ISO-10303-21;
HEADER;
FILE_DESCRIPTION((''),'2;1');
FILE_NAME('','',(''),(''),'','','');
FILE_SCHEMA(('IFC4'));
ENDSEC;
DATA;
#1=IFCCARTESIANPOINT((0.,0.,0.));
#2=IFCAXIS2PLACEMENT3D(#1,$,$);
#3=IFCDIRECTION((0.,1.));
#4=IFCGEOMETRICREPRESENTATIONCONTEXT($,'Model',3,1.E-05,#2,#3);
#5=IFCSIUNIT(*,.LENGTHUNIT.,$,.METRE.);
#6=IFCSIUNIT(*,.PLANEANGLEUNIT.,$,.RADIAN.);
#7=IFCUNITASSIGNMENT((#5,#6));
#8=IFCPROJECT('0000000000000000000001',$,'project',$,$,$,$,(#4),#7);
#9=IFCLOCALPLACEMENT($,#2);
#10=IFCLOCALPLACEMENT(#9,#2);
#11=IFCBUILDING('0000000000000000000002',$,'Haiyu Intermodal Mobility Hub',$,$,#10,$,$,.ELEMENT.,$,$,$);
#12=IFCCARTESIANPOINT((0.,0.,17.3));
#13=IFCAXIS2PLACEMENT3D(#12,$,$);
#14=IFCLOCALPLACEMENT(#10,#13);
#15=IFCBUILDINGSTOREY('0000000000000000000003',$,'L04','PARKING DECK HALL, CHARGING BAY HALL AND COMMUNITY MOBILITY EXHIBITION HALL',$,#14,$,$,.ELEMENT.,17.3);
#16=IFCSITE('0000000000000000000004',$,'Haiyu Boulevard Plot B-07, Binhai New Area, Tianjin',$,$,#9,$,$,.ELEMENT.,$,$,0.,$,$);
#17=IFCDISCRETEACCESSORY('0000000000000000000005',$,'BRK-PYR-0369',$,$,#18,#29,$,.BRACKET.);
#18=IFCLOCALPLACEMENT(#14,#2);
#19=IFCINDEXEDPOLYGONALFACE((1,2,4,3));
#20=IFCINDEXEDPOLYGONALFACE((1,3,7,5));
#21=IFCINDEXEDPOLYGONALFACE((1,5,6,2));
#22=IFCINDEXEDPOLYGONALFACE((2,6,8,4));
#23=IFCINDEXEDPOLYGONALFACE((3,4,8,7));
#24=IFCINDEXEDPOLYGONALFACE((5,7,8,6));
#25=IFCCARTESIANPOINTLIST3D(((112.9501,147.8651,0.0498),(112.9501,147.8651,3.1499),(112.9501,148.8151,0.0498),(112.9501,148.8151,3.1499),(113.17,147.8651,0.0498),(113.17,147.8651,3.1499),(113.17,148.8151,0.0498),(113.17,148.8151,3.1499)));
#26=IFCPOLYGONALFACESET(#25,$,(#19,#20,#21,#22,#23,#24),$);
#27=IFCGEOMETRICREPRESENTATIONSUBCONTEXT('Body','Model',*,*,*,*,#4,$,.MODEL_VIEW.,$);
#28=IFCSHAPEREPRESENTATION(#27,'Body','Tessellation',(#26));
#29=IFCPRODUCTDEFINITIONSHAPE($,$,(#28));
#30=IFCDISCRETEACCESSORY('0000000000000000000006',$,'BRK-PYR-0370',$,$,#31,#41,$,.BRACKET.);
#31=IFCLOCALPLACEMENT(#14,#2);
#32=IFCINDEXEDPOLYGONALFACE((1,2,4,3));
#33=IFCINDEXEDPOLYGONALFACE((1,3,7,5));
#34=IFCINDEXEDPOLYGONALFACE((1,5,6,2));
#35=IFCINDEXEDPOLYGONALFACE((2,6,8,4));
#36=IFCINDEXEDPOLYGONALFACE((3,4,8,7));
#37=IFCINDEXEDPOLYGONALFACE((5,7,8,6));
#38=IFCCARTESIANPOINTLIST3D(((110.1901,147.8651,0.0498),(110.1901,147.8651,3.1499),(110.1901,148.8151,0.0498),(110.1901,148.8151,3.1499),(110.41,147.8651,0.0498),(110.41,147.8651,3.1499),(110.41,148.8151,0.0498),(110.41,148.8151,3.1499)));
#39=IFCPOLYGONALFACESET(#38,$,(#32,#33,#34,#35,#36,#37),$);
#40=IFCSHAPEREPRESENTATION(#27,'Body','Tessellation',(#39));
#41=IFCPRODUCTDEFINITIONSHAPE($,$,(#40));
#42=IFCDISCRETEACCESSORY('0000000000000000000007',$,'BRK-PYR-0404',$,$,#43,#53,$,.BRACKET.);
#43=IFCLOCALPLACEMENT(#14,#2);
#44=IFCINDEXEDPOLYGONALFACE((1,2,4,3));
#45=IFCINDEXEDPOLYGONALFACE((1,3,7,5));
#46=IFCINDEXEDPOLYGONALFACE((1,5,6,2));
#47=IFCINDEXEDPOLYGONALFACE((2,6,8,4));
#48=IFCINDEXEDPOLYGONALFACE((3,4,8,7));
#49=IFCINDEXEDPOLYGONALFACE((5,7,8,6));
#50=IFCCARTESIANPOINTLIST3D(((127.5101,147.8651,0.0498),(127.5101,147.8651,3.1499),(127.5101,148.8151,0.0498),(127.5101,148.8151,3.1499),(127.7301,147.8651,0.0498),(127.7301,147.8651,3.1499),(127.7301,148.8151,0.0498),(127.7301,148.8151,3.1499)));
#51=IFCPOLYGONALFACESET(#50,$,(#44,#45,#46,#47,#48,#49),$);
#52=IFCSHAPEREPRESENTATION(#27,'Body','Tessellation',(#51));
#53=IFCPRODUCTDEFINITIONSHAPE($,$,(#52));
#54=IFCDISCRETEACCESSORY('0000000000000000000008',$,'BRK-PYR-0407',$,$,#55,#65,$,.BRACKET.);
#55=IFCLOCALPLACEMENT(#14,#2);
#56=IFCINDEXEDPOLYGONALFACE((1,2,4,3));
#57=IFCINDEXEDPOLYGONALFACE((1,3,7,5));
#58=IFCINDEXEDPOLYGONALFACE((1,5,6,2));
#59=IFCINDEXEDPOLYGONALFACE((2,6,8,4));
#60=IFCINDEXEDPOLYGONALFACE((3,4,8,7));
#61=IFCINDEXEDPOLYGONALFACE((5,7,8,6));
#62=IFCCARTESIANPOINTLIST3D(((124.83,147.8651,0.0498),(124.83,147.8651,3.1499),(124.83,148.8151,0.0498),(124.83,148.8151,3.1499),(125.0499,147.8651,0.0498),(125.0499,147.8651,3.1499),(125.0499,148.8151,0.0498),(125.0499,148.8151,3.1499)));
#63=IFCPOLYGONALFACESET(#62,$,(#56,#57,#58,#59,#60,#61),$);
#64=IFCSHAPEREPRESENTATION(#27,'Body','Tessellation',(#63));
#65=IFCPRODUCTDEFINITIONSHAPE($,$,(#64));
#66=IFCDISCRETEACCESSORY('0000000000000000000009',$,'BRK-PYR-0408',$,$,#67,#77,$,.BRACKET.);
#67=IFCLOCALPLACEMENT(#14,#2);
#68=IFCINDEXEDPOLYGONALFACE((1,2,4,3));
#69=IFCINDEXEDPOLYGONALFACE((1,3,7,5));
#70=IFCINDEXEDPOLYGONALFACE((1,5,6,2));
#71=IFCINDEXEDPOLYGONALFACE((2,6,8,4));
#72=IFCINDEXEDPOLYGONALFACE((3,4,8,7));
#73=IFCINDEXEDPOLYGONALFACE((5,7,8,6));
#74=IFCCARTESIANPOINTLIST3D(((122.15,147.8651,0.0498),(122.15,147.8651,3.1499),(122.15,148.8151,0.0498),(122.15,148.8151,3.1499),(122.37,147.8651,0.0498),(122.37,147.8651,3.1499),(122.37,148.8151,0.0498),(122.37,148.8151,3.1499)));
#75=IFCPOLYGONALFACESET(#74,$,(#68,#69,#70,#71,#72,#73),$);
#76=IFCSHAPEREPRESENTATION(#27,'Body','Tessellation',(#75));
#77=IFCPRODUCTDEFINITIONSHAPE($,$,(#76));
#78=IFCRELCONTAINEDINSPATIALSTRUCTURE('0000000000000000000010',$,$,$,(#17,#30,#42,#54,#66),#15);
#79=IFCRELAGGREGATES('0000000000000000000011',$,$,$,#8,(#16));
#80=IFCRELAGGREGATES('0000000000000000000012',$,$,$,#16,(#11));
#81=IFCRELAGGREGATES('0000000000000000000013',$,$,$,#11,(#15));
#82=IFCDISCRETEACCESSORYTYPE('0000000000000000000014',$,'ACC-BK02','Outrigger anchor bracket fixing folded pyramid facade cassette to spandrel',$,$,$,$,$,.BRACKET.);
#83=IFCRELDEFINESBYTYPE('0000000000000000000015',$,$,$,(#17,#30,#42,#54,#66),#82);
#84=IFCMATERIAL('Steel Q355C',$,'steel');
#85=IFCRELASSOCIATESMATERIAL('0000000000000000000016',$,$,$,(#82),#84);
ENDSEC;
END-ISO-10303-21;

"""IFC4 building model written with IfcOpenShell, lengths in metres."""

from ifc_helpers import new_model, si_unit, direction, frame, origin, origin_2d, place, context, subcontext, project, spatial, rectangle, extrude, material, type_object, element, save


model = new_model("IFC4")

# Units and contexts
model_context = context("Model", 3, precision=1e-05, world=origin(), true_north=direction((0.0, 1.0)))
body_context = subcontext(model_context, "Body", "Model", "MODEL_VIEW")
ifc_project = project(units=[si_unit("LENGTHUNIT", "METRE"), si_unit("PLANEANGLEUNIT", "RADIAN")], contexts=[model_context])

# Site, building, storey
site_placement = place(None, origin())
site = spatial("IfcSite", under=ifc_project, at=site_placement, Name="Haiyu Boulevard Plot B-07, Binhai New Area, Tianjin", CompositionType="ELEMENT", RefElevation=0.0)
building_placement = place(site_placement, origin())
building = spatial("IfcBuilding", under=site, at=building_placement, Name="Haiyu Intermodal Mobility Hub", CompositionType="ELEMENT")
storey_placement = place(building_placement, frame((0.0, 0.0, 17.3)))
storey = spatial("IfcBuildingStorey", under=building, at=storey_placement, Name="L04", Description="PARKING DECK HALL, CHARGING BAY HALL AND COMMUNITY MOBILITY EXHIBITION HALL", CompositionType="ELEMENT", Elevation=17.3)

# Shared definitions
ifc_material_1 = material(Name="Steel Q355C", Category="steel")

# Discrete accessories
discrete_accessory_type_1 = type_object("IfcDiscreteAccessoryType", Name="ACC-BK02", Description="Outrigger anchor bracket fixing folded pyramid facade cassette to spandrel", PredefinedType="BRACKET", material=ifc_material_1)
for number, where, z_axis, x_axis, name in (
    (1, (113.0601, 148.3401, 0.0498), (0.0, 0.0, 1.0), (1.0, 0.0, 0.0), "BRK-PYR-0369"),
    (2, (110.3, 148.3401, 0.0498), (0.0, 0.0, 1.0), (1.0, 0.0, 0.0), "BRK-PYR-0370"),
    (3, (127.6201, 148.3401, 0.0498), (0.0, 0.0, 1.0), (1.0, 0.0, 0.0), "BRK-PYR-0404"),
    (4, (124.9399, 148.3401, 0.0498), (0.0, 0.0, 1.0), (1.0, 0.0, 0.0), "BRK-PYR-0407"),
    (5, (122.26, 148.3401, 0.0498), (0.0, 0.0, 1.0), (1.0, 0.0, 0.0), "BRK-PYR-0408"),
):
    element("IfcDiscreteAccessory", number, at=place(storey_placement, frame(where, z_axis=z_axis, x_axis=x_axis)), inside=storey, type_object=discrete_accessory_type_1, Name=name, PredefinedType="BRACKET", context=body_context, shape_type="SweptSolid", body=[
        extrude(rectangle(XDim=0.22, YDim=0.95, at=origin_2d()), origin(), (0.0, 0.0, 1.0), 3.1001),
    ])

save(model, "model.ifc")
